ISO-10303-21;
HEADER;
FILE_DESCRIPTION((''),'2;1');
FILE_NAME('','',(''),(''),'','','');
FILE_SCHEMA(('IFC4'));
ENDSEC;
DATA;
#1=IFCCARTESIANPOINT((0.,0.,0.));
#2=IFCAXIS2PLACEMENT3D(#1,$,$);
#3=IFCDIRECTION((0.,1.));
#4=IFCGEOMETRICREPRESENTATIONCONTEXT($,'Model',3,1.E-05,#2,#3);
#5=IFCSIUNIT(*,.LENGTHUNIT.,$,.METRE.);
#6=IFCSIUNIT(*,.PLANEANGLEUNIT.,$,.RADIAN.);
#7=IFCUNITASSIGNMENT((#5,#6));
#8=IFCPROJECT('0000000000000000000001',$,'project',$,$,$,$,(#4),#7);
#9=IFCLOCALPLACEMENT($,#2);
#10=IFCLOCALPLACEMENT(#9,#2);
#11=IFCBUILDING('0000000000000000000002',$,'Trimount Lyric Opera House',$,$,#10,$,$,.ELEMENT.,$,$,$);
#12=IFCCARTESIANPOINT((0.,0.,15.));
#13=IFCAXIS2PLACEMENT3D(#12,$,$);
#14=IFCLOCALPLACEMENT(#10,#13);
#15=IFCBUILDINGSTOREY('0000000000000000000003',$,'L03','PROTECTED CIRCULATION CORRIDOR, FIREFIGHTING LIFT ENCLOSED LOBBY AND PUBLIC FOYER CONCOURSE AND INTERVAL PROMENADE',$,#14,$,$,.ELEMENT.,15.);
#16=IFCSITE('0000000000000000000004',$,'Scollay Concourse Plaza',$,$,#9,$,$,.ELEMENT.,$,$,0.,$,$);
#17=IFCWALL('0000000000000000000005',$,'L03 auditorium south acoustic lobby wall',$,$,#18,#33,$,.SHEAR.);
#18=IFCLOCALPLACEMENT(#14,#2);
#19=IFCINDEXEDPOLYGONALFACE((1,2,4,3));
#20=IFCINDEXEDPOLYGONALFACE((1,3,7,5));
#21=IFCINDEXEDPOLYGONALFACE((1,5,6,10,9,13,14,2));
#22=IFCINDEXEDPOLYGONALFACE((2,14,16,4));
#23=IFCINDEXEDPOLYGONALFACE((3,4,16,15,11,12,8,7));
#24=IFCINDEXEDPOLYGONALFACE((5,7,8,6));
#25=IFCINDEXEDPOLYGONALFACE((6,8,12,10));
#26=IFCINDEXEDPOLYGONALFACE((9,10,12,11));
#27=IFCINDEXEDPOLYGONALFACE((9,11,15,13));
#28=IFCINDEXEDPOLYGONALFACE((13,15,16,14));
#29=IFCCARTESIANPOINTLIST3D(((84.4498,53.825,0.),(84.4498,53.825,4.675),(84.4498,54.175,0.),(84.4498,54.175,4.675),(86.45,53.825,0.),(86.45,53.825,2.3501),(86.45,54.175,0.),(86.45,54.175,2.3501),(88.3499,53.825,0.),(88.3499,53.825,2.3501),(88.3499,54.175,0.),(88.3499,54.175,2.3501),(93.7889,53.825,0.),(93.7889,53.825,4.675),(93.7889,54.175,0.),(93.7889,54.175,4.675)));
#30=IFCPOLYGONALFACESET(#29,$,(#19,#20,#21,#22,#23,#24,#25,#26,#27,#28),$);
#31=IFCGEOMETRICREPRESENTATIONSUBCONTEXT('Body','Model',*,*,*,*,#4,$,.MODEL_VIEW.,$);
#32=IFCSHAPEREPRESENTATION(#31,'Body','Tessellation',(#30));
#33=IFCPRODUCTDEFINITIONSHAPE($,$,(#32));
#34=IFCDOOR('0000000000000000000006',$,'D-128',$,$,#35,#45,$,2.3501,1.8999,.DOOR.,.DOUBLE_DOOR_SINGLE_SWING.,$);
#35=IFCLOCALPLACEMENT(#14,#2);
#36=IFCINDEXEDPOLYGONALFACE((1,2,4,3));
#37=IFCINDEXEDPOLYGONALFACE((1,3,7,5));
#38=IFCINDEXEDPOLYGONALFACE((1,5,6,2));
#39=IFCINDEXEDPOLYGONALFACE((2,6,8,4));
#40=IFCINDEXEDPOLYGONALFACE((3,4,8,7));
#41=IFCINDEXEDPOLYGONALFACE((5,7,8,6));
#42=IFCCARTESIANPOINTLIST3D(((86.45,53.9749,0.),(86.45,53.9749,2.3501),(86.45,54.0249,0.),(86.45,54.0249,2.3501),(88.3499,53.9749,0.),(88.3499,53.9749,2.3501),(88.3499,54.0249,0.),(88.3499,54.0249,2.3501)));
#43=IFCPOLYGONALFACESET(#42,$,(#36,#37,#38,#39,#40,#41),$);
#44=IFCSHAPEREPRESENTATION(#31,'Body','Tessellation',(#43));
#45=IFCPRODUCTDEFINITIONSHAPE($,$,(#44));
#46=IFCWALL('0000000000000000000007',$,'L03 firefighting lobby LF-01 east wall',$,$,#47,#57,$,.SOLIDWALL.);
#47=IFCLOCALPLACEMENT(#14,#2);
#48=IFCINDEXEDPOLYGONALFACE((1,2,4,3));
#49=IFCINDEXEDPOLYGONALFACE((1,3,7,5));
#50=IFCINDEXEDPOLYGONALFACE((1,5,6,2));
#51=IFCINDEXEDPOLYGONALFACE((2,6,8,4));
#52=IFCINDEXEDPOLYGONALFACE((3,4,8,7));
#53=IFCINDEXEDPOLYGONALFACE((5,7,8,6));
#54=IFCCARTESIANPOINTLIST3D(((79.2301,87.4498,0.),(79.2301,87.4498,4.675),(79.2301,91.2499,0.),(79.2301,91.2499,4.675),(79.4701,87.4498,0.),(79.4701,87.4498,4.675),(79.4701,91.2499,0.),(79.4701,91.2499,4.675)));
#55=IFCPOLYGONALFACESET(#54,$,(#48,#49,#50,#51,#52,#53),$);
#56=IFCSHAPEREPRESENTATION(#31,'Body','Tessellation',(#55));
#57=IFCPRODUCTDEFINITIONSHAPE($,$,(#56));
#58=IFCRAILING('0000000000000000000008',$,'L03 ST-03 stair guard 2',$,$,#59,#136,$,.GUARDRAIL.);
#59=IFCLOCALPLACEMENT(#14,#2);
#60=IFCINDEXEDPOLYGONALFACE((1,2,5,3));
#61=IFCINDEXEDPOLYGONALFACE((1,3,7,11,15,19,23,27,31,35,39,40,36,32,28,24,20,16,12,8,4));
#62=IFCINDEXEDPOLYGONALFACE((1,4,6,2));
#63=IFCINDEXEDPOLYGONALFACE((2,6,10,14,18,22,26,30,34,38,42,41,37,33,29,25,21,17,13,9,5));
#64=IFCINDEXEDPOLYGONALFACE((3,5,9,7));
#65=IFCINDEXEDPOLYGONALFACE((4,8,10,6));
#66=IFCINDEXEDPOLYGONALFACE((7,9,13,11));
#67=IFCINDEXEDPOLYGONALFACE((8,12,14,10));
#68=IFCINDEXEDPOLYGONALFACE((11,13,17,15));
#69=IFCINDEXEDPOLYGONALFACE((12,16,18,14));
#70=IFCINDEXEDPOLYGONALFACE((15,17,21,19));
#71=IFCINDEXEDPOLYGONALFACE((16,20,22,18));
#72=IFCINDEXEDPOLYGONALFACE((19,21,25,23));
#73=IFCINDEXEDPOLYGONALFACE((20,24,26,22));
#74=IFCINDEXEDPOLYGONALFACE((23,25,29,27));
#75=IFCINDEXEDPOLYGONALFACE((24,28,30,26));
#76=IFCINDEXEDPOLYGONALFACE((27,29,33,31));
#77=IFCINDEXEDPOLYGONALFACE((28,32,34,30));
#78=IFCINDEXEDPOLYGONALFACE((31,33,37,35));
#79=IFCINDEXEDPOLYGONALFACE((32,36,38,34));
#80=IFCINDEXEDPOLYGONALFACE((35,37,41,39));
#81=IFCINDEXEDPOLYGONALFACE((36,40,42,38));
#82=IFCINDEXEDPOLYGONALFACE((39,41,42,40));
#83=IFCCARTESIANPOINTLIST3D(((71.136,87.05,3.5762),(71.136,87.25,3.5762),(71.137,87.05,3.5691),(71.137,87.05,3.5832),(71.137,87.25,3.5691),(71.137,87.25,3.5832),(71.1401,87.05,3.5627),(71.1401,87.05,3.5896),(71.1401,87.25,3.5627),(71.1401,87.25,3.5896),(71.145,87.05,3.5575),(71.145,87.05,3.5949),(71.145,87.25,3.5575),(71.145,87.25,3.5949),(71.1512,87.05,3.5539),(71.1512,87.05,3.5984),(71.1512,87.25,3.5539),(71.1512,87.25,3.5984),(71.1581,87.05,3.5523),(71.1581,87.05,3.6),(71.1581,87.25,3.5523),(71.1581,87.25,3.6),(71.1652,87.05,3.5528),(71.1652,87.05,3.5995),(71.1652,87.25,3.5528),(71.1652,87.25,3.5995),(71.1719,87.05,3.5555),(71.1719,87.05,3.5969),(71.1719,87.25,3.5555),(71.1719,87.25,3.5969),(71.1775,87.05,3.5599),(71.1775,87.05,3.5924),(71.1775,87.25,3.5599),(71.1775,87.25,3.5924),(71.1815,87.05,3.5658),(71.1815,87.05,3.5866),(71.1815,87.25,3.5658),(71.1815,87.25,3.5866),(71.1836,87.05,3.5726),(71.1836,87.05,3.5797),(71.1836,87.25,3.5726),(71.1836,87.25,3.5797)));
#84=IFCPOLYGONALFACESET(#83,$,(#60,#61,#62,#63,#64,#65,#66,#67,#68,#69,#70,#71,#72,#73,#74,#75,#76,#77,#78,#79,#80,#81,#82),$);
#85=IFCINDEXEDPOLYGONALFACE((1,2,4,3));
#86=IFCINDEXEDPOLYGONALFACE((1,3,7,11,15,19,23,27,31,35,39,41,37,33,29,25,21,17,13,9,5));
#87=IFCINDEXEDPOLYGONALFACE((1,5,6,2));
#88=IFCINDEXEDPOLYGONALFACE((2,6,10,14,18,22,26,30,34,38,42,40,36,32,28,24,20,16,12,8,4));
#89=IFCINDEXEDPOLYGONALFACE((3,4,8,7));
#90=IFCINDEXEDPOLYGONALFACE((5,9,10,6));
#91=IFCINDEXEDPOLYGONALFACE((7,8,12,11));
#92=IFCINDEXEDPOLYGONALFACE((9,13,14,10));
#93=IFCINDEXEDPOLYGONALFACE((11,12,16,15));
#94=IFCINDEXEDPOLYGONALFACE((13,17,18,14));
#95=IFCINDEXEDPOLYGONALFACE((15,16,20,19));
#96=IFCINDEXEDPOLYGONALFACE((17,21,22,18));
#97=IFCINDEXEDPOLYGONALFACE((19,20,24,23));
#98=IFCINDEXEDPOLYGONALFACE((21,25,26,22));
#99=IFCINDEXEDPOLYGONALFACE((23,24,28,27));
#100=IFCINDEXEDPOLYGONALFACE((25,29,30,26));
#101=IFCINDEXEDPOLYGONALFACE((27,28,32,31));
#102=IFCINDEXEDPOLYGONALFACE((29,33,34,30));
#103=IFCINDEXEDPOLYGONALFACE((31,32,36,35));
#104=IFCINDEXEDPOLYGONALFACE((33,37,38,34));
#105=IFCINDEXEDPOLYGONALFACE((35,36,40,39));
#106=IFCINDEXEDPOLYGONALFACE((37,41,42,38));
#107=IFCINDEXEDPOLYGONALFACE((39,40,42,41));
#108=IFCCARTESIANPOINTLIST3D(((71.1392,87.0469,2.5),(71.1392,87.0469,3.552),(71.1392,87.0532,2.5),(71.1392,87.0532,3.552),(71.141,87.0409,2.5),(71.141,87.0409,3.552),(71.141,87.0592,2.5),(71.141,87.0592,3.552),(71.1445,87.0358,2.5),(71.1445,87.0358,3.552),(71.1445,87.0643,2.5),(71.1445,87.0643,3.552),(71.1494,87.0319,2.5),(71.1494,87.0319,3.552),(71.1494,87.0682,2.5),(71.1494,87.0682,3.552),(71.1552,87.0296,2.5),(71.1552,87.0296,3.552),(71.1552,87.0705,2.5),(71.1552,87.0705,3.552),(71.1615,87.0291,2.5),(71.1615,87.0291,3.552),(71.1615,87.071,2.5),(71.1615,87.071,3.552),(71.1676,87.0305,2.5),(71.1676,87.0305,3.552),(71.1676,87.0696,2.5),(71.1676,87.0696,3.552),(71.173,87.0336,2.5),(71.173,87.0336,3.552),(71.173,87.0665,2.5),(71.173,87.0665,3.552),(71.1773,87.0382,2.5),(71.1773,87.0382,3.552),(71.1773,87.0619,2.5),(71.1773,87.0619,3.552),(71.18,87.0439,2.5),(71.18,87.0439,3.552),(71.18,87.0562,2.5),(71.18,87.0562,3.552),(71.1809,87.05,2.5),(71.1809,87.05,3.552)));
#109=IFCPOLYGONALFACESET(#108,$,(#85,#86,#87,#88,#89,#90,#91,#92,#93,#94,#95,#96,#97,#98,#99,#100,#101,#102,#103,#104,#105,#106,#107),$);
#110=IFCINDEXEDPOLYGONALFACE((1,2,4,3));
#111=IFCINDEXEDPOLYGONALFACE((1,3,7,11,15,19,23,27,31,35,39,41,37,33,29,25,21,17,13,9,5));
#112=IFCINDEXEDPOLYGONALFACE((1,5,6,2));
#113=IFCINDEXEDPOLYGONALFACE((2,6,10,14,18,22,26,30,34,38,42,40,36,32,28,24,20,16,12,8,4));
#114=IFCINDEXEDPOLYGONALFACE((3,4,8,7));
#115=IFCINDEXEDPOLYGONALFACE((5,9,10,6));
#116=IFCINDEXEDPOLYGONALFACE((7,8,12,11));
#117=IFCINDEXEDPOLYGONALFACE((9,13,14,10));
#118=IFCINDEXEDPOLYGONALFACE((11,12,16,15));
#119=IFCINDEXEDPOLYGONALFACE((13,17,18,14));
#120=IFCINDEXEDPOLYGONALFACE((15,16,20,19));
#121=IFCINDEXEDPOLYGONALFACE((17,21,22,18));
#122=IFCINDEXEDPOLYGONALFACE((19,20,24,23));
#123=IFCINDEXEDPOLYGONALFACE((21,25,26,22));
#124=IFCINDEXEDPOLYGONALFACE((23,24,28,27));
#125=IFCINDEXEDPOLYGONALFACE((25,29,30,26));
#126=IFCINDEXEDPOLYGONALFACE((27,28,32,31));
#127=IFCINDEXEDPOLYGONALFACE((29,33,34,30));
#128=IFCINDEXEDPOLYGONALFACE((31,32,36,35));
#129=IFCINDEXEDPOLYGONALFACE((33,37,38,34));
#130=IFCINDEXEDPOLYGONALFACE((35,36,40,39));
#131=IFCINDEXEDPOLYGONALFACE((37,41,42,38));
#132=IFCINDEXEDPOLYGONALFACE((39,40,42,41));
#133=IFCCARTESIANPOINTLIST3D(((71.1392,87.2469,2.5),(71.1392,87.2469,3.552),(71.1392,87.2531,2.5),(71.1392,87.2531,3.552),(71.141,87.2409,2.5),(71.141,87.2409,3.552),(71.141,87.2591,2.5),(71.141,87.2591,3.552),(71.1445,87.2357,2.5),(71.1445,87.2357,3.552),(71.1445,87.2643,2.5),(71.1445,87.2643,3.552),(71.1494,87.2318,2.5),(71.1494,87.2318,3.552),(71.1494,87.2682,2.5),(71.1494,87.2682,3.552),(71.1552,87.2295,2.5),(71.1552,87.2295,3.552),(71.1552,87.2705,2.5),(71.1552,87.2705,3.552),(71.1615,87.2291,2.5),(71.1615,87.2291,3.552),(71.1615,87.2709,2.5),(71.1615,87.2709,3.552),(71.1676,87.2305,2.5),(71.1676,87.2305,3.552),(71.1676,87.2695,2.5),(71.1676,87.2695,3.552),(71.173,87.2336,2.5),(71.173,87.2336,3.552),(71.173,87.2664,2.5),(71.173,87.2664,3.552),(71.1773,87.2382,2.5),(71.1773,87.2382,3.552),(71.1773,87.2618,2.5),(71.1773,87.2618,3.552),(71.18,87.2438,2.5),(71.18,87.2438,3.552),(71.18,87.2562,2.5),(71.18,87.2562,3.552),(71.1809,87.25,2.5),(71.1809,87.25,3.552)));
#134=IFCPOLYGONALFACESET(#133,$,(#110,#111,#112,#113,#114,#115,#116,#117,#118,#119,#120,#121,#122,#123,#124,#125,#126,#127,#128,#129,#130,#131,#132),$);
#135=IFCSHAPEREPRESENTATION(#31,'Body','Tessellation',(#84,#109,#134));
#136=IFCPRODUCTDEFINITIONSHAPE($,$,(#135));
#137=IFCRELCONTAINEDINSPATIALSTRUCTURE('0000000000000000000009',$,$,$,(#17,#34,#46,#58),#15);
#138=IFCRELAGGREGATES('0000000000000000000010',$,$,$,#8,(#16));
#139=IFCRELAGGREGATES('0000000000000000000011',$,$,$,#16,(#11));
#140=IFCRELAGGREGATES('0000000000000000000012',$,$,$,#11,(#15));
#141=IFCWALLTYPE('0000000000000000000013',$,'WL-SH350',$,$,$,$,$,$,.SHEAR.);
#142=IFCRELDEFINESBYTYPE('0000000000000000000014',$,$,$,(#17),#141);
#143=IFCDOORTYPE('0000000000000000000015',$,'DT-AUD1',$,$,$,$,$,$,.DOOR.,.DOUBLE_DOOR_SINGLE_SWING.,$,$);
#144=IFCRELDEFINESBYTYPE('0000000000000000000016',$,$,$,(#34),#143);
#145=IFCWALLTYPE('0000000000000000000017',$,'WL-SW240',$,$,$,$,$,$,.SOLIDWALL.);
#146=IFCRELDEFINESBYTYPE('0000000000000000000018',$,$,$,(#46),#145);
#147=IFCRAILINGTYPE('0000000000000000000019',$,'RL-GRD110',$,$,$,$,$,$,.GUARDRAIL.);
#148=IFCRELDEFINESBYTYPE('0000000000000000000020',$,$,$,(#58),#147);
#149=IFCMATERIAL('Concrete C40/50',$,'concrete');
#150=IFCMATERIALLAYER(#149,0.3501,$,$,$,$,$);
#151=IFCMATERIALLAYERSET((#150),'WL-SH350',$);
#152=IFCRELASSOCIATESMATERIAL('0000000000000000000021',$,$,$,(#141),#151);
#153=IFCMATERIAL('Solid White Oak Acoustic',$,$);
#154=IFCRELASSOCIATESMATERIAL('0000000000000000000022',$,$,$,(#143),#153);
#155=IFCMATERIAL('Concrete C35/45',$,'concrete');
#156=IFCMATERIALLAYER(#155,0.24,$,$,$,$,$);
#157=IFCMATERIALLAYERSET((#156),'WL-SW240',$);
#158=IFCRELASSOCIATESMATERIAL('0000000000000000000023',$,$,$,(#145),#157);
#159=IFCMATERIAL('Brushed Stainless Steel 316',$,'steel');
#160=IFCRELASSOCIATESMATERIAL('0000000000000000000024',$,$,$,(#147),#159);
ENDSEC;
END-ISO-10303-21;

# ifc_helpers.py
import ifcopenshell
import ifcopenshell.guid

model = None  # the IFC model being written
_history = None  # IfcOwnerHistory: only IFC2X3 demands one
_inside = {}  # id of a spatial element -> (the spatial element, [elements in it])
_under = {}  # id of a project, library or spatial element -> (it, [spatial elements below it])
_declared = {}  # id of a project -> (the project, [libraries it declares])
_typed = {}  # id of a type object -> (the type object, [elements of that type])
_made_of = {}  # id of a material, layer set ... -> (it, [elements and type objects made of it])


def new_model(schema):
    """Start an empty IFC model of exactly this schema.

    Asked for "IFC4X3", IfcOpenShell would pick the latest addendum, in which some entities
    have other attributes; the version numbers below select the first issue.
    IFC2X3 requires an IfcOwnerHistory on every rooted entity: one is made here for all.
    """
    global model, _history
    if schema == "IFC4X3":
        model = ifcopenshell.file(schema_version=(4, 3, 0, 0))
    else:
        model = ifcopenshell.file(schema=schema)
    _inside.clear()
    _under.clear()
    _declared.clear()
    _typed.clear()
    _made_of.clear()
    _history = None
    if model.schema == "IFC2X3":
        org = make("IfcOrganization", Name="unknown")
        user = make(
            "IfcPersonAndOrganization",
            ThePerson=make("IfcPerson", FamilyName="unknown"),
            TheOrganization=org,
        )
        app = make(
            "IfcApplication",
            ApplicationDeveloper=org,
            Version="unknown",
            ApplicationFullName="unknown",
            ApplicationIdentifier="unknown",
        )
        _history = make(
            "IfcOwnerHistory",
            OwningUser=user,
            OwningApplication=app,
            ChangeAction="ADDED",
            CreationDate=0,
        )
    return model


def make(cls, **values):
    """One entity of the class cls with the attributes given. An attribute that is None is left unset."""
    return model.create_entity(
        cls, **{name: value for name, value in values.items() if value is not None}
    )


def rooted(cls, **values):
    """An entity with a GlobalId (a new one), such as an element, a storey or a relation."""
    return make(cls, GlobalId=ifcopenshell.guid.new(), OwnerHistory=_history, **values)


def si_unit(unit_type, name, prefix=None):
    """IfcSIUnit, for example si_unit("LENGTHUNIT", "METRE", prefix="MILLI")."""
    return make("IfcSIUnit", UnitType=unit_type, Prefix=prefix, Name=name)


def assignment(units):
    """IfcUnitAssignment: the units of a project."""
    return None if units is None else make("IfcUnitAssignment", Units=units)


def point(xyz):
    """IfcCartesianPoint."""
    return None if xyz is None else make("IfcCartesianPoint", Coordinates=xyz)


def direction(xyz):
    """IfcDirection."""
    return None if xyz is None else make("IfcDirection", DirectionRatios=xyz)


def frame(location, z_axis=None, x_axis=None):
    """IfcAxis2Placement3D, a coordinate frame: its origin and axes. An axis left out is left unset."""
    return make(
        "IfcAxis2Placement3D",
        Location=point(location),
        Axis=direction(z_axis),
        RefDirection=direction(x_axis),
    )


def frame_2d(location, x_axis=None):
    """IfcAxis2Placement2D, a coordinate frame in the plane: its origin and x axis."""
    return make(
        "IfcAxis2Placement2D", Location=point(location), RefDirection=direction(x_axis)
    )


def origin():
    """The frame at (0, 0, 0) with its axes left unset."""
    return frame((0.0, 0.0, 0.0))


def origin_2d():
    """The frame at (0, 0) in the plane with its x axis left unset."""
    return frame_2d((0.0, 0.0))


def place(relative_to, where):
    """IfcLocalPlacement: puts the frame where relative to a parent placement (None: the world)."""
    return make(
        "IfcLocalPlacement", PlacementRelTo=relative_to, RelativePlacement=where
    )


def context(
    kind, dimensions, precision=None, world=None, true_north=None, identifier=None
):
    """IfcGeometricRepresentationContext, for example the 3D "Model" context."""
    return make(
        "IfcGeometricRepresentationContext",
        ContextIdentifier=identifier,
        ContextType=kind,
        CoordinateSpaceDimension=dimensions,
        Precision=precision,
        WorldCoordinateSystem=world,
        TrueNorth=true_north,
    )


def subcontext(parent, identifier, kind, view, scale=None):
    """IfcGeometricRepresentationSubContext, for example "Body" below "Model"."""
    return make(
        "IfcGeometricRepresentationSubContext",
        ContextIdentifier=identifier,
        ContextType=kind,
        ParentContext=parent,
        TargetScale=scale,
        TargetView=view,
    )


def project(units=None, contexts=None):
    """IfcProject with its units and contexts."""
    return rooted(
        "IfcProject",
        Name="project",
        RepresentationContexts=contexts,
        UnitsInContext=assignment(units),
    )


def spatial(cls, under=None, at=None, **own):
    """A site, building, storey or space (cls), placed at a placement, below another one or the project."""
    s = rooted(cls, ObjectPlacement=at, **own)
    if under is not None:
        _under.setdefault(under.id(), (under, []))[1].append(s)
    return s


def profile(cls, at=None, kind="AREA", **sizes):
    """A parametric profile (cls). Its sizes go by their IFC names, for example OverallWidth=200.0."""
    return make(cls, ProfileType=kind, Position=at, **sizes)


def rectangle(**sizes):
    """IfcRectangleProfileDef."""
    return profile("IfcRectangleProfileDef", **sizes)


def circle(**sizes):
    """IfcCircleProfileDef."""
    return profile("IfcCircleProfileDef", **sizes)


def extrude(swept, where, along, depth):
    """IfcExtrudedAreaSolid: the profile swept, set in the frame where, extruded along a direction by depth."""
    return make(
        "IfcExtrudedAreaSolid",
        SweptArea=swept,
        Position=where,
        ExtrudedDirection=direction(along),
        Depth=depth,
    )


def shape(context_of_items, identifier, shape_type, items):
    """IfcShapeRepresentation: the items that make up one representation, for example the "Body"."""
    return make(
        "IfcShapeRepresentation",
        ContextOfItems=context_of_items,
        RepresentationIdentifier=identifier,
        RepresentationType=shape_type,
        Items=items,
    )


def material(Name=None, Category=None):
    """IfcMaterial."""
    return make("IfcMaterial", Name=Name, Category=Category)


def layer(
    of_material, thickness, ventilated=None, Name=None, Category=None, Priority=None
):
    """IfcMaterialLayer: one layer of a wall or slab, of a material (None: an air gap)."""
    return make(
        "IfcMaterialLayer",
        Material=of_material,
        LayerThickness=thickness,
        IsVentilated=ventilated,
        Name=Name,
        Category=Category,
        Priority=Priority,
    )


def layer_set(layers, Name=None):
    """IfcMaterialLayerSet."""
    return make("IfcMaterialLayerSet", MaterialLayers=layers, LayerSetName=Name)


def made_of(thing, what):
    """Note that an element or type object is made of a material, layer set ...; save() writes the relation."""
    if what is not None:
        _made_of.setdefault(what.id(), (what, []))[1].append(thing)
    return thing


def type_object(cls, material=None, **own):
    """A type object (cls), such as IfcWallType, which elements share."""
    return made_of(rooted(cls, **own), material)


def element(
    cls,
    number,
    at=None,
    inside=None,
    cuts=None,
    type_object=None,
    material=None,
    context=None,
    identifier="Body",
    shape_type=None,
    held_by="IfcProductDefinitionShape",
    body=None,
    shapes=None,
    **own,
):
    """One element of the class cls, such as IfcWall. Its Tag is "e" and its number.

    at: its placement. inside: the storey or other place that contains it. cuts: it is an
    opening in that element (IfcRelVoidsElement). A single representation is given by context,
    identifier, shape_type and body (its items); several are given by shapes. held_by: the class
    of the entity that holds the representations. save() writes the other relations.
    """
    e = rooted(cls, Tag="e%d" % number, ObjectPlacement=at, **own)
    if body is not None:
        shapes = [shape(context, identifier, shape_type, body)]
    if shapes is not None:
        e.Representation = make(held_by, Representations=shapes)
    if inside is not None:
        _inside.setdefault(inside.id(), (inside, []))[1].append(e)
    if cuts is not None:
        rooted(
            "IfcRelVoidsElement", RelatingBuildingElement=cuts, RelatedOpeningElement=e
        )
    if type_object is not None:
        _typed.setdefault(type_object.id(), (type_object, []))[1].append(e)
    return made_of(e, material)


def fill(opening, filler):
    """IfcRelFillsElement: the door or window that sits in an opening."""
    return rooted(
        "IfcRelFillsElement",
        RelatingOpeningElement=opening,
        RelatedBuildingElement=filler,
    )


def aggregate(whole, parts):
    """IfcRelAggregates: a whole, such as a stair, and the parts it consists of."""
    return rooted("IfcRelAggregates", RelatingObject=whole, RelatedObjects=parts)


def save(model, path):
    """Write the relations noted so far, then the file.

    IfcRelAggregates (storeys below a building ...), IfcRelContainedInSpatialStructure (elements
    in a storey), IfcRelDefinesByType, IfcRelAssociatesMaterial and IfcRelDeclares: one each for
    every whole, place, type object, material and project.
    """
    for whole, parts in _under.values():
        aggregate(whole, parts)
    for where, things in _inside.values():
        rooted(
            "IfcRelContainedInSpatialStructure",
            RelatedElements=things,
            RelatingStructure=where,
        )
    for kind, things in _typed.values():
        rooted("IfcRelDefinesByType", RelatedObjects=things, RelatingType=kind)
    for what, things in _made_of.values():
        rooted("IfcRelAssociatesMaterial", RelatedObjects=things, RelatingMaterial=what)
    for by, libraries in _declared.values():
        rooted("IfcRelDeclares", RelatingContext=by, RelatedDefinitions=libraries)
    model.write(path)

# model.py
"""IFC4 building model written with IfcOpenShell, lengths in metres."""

from ifc_helpers import new_model, si_unit, direction, frame, frame_2d, origin, origin_2d, place, context, subcontext, project, spatial, rectangle, circle, extrude, material, layer, layer_set, type_object, element, fill, save


model = new_model("IFC4")

# Units and contexts
model_context = context("Model", 3, precision=1e-05, world=origin(), true_north=direction((0.0, 1.0)))
body_context = subcontext(model_context, "Body", "Model", "MODEL_VIEW")
ifc_project = project(units=[si_unit("LENGTHUNIT", "METRE"), si_unit("PLANEANGLEUNIT", "RADIAN")], contexts=[model_context])

# Site, building, storey
site_placement = place(None, origin())
site = spatial("IfcSite", under=ifc_project, at=site_placement, Name="Scollay Concourse Plaza", CompositionType="ELEMENT", RefElevation=0.0)
building_placement = place(site_placement, origin())
building = spatial("IfcBuilding", under=site, at=building_placement, Name="Trimount Lyric Opera House", CompositionType="ELEMENT")
storey_placement = place(building_placement, frame((0.0, 0.0, 15.0)))
storey = spatial("IfcBuildingStorey", under=building, at=storey_placement, Name="L03", Description="PROTECTED CIRCULATION CORRIDOR, FIREFIGHTING LIFT ENCLOSED LOBBY AND PUBLIC FOYER CONCOURSE AND INTERVAL PROMENADE", CompositionType="ELEMENT", Elevation=15.0)

# Shared definitions
ifc_material_1 = material(Name="Concrete C40/50", Category="concrete")
ifc_layer_1 = layer(ifc_material_1, 0.3501)
ifc_layer_set_1 = layer_set([ifc_layer_1], Name="WL-SH350")
wall_type_1 = type_object("IfcWallType", Name="WL-SH350", PredefinedType="SHEAR", material=ifc_layer_set_1)

# Wall, opening, door
wall_1_placement = place(storey_placement, frame((84.45, 54.0, 0.0), z_axis=(0.0, 0.0, 1.0), x_axis=(1.0, 0.0, 0.0)))
wall_1 = element("IfcWall", 1, at=wall_1_placement, inside=storey, type_object=wall_type_1, Name="L03 auditorium south acoustic lobby wall", PredefinedType="SHEAR", context=body_context, shape_type="SweptSolid", body=[
    extrude(rectangle(XDim=9.3391, YDim=0.3501, at=frame_2d((4.6694, 0.0))), origin(), (0.0, 0.0, 1.0), 4.675),
])
opening_1_placement = place(wall_1_placement, frame((2.0, 0.0, 0.0)))
opening_1 = element("IfcOpeningElement", 2, at=opening_1_placement, cuts=wall_1, PredefinedType="OPENING", context=body_context, shape_type="SweptSolid", body=[
    extrude(rectangle(XDim=1.8999, YDim=2.3501, at=frame_2d((0.95, 1.175))), frame((0.0, 0.1851, 0.0), z_axis=(0.0, -1.0, 0.0), x_axis=(1.0, 0.0, 0.0)), (0.0, 0.0, 1.0), 0.3701),
])
ifc_material_2 = material(Name="Solid White Oak Acoustic")
door_type_1 = type_object("IfcDoorType", Name="DT-AUD1", OperationType="DOUBLE_DOOR_SINGLE_SWING", PredefinedType="DOOR", material=ifc_material_2)
door_1_placement = place(opening_1_placement, origin())
door_1 = element("IfcDoor", 3, at=door_1_placement, inside=storey, type_object=door_type_1, Name="D-128", OperationType="DOUBLE_DOOR_SINGLE_SWING", OverallHeight=2.3501, OverallWidth=1.8999, PredefinedType="DOOR", context=body_context, shape_type="SweptSolid", body=[
    extrude(rectangle(XDim=1.8999, YDim=2.3501, at=frame_2d((0.95, 1.175))), frame((0.0, 0.0249, 0.0), z_axis=(0.0, -1.0, 0.0), x_axis=(1.0, 0.0, 0.0)), (0.0, 0.0, 1.0), 0.05),
])
fill(opening_1, door_1)

# Wall
ifc_material_3 = material(Name="Concrete C35/45", Category="concrete")
ifc_layer_2 = layer(ifc_material_3, 0.24)
ifc_layer_set_2 = layer_set([ifc_layer_2], Name="WL-SW240")
wall_type_2 = type_object("IfcWallType", Name="WL-SW240", PredefinedType="SOLIDWALL", material=ifc_layer_set_2)
wall_2_placement = place(storey_placement, frame((79.3501, 87.45, 0.0), z_axis=(0.0, 0.0, 1.0), x_axis=(0.0, 1.0, 0.0)))
element("IfcWall", 4, at=wall_2_placement, inside=storey, type_object=wall_type_2, Name="L03 firefighting lobby LF-01 east wall", PredefinedType="SOLIDWALL", context=body_context, shape_type="SweptSolid", body=[
    extrude(rectangle(XDim=3.8, YDim=0.24, at=frame_2d((1.8999, 0.0))), origin(), (0.0, 0.0, 1.0), 4.675),
])

# Railing
ifc_material_4 = material(Name="Brushed Stainless Steel 316", Category="steel")
railing_type_1 = type_object("IfcRailingType", Name="RL-GRD110", PredefinedType="GUARDRAIL", material=ifc_material_4)
railing_1_placement = place(storey_placement, frame((71.1599, 87.05, 2.5)))
element("IfcRailing", 5, at=railing_1_placement, inside=storey, type_object=railing_type_1, Name="L03 ST-03 stair guard 2", PredefinedType="GUARDRAIL", context=body_context, shape_type="SweptSolid", body=[
    extrude(circle(Radius=0.0239, at=origin_2d()), frame((0.0, 0.0, 1.0762), z_axis=(0.0, 1.0, 0.0), x_axis=(-1.0, 0.0, 0.0)), (0.0, 0.0, 1.0), 0.2),
    extrude(circle(Radius=0.021, at=origin_2d()), origin(), (0.0, 0.0, 1.0), 1.052),
    extrude(circle(Radius=0.021, at=origin_2d()), frame((0.0, 0.2, 0.0)), (0.0, 0.0, 1.0), 1.052),
])

save(model, "model.ifc")
